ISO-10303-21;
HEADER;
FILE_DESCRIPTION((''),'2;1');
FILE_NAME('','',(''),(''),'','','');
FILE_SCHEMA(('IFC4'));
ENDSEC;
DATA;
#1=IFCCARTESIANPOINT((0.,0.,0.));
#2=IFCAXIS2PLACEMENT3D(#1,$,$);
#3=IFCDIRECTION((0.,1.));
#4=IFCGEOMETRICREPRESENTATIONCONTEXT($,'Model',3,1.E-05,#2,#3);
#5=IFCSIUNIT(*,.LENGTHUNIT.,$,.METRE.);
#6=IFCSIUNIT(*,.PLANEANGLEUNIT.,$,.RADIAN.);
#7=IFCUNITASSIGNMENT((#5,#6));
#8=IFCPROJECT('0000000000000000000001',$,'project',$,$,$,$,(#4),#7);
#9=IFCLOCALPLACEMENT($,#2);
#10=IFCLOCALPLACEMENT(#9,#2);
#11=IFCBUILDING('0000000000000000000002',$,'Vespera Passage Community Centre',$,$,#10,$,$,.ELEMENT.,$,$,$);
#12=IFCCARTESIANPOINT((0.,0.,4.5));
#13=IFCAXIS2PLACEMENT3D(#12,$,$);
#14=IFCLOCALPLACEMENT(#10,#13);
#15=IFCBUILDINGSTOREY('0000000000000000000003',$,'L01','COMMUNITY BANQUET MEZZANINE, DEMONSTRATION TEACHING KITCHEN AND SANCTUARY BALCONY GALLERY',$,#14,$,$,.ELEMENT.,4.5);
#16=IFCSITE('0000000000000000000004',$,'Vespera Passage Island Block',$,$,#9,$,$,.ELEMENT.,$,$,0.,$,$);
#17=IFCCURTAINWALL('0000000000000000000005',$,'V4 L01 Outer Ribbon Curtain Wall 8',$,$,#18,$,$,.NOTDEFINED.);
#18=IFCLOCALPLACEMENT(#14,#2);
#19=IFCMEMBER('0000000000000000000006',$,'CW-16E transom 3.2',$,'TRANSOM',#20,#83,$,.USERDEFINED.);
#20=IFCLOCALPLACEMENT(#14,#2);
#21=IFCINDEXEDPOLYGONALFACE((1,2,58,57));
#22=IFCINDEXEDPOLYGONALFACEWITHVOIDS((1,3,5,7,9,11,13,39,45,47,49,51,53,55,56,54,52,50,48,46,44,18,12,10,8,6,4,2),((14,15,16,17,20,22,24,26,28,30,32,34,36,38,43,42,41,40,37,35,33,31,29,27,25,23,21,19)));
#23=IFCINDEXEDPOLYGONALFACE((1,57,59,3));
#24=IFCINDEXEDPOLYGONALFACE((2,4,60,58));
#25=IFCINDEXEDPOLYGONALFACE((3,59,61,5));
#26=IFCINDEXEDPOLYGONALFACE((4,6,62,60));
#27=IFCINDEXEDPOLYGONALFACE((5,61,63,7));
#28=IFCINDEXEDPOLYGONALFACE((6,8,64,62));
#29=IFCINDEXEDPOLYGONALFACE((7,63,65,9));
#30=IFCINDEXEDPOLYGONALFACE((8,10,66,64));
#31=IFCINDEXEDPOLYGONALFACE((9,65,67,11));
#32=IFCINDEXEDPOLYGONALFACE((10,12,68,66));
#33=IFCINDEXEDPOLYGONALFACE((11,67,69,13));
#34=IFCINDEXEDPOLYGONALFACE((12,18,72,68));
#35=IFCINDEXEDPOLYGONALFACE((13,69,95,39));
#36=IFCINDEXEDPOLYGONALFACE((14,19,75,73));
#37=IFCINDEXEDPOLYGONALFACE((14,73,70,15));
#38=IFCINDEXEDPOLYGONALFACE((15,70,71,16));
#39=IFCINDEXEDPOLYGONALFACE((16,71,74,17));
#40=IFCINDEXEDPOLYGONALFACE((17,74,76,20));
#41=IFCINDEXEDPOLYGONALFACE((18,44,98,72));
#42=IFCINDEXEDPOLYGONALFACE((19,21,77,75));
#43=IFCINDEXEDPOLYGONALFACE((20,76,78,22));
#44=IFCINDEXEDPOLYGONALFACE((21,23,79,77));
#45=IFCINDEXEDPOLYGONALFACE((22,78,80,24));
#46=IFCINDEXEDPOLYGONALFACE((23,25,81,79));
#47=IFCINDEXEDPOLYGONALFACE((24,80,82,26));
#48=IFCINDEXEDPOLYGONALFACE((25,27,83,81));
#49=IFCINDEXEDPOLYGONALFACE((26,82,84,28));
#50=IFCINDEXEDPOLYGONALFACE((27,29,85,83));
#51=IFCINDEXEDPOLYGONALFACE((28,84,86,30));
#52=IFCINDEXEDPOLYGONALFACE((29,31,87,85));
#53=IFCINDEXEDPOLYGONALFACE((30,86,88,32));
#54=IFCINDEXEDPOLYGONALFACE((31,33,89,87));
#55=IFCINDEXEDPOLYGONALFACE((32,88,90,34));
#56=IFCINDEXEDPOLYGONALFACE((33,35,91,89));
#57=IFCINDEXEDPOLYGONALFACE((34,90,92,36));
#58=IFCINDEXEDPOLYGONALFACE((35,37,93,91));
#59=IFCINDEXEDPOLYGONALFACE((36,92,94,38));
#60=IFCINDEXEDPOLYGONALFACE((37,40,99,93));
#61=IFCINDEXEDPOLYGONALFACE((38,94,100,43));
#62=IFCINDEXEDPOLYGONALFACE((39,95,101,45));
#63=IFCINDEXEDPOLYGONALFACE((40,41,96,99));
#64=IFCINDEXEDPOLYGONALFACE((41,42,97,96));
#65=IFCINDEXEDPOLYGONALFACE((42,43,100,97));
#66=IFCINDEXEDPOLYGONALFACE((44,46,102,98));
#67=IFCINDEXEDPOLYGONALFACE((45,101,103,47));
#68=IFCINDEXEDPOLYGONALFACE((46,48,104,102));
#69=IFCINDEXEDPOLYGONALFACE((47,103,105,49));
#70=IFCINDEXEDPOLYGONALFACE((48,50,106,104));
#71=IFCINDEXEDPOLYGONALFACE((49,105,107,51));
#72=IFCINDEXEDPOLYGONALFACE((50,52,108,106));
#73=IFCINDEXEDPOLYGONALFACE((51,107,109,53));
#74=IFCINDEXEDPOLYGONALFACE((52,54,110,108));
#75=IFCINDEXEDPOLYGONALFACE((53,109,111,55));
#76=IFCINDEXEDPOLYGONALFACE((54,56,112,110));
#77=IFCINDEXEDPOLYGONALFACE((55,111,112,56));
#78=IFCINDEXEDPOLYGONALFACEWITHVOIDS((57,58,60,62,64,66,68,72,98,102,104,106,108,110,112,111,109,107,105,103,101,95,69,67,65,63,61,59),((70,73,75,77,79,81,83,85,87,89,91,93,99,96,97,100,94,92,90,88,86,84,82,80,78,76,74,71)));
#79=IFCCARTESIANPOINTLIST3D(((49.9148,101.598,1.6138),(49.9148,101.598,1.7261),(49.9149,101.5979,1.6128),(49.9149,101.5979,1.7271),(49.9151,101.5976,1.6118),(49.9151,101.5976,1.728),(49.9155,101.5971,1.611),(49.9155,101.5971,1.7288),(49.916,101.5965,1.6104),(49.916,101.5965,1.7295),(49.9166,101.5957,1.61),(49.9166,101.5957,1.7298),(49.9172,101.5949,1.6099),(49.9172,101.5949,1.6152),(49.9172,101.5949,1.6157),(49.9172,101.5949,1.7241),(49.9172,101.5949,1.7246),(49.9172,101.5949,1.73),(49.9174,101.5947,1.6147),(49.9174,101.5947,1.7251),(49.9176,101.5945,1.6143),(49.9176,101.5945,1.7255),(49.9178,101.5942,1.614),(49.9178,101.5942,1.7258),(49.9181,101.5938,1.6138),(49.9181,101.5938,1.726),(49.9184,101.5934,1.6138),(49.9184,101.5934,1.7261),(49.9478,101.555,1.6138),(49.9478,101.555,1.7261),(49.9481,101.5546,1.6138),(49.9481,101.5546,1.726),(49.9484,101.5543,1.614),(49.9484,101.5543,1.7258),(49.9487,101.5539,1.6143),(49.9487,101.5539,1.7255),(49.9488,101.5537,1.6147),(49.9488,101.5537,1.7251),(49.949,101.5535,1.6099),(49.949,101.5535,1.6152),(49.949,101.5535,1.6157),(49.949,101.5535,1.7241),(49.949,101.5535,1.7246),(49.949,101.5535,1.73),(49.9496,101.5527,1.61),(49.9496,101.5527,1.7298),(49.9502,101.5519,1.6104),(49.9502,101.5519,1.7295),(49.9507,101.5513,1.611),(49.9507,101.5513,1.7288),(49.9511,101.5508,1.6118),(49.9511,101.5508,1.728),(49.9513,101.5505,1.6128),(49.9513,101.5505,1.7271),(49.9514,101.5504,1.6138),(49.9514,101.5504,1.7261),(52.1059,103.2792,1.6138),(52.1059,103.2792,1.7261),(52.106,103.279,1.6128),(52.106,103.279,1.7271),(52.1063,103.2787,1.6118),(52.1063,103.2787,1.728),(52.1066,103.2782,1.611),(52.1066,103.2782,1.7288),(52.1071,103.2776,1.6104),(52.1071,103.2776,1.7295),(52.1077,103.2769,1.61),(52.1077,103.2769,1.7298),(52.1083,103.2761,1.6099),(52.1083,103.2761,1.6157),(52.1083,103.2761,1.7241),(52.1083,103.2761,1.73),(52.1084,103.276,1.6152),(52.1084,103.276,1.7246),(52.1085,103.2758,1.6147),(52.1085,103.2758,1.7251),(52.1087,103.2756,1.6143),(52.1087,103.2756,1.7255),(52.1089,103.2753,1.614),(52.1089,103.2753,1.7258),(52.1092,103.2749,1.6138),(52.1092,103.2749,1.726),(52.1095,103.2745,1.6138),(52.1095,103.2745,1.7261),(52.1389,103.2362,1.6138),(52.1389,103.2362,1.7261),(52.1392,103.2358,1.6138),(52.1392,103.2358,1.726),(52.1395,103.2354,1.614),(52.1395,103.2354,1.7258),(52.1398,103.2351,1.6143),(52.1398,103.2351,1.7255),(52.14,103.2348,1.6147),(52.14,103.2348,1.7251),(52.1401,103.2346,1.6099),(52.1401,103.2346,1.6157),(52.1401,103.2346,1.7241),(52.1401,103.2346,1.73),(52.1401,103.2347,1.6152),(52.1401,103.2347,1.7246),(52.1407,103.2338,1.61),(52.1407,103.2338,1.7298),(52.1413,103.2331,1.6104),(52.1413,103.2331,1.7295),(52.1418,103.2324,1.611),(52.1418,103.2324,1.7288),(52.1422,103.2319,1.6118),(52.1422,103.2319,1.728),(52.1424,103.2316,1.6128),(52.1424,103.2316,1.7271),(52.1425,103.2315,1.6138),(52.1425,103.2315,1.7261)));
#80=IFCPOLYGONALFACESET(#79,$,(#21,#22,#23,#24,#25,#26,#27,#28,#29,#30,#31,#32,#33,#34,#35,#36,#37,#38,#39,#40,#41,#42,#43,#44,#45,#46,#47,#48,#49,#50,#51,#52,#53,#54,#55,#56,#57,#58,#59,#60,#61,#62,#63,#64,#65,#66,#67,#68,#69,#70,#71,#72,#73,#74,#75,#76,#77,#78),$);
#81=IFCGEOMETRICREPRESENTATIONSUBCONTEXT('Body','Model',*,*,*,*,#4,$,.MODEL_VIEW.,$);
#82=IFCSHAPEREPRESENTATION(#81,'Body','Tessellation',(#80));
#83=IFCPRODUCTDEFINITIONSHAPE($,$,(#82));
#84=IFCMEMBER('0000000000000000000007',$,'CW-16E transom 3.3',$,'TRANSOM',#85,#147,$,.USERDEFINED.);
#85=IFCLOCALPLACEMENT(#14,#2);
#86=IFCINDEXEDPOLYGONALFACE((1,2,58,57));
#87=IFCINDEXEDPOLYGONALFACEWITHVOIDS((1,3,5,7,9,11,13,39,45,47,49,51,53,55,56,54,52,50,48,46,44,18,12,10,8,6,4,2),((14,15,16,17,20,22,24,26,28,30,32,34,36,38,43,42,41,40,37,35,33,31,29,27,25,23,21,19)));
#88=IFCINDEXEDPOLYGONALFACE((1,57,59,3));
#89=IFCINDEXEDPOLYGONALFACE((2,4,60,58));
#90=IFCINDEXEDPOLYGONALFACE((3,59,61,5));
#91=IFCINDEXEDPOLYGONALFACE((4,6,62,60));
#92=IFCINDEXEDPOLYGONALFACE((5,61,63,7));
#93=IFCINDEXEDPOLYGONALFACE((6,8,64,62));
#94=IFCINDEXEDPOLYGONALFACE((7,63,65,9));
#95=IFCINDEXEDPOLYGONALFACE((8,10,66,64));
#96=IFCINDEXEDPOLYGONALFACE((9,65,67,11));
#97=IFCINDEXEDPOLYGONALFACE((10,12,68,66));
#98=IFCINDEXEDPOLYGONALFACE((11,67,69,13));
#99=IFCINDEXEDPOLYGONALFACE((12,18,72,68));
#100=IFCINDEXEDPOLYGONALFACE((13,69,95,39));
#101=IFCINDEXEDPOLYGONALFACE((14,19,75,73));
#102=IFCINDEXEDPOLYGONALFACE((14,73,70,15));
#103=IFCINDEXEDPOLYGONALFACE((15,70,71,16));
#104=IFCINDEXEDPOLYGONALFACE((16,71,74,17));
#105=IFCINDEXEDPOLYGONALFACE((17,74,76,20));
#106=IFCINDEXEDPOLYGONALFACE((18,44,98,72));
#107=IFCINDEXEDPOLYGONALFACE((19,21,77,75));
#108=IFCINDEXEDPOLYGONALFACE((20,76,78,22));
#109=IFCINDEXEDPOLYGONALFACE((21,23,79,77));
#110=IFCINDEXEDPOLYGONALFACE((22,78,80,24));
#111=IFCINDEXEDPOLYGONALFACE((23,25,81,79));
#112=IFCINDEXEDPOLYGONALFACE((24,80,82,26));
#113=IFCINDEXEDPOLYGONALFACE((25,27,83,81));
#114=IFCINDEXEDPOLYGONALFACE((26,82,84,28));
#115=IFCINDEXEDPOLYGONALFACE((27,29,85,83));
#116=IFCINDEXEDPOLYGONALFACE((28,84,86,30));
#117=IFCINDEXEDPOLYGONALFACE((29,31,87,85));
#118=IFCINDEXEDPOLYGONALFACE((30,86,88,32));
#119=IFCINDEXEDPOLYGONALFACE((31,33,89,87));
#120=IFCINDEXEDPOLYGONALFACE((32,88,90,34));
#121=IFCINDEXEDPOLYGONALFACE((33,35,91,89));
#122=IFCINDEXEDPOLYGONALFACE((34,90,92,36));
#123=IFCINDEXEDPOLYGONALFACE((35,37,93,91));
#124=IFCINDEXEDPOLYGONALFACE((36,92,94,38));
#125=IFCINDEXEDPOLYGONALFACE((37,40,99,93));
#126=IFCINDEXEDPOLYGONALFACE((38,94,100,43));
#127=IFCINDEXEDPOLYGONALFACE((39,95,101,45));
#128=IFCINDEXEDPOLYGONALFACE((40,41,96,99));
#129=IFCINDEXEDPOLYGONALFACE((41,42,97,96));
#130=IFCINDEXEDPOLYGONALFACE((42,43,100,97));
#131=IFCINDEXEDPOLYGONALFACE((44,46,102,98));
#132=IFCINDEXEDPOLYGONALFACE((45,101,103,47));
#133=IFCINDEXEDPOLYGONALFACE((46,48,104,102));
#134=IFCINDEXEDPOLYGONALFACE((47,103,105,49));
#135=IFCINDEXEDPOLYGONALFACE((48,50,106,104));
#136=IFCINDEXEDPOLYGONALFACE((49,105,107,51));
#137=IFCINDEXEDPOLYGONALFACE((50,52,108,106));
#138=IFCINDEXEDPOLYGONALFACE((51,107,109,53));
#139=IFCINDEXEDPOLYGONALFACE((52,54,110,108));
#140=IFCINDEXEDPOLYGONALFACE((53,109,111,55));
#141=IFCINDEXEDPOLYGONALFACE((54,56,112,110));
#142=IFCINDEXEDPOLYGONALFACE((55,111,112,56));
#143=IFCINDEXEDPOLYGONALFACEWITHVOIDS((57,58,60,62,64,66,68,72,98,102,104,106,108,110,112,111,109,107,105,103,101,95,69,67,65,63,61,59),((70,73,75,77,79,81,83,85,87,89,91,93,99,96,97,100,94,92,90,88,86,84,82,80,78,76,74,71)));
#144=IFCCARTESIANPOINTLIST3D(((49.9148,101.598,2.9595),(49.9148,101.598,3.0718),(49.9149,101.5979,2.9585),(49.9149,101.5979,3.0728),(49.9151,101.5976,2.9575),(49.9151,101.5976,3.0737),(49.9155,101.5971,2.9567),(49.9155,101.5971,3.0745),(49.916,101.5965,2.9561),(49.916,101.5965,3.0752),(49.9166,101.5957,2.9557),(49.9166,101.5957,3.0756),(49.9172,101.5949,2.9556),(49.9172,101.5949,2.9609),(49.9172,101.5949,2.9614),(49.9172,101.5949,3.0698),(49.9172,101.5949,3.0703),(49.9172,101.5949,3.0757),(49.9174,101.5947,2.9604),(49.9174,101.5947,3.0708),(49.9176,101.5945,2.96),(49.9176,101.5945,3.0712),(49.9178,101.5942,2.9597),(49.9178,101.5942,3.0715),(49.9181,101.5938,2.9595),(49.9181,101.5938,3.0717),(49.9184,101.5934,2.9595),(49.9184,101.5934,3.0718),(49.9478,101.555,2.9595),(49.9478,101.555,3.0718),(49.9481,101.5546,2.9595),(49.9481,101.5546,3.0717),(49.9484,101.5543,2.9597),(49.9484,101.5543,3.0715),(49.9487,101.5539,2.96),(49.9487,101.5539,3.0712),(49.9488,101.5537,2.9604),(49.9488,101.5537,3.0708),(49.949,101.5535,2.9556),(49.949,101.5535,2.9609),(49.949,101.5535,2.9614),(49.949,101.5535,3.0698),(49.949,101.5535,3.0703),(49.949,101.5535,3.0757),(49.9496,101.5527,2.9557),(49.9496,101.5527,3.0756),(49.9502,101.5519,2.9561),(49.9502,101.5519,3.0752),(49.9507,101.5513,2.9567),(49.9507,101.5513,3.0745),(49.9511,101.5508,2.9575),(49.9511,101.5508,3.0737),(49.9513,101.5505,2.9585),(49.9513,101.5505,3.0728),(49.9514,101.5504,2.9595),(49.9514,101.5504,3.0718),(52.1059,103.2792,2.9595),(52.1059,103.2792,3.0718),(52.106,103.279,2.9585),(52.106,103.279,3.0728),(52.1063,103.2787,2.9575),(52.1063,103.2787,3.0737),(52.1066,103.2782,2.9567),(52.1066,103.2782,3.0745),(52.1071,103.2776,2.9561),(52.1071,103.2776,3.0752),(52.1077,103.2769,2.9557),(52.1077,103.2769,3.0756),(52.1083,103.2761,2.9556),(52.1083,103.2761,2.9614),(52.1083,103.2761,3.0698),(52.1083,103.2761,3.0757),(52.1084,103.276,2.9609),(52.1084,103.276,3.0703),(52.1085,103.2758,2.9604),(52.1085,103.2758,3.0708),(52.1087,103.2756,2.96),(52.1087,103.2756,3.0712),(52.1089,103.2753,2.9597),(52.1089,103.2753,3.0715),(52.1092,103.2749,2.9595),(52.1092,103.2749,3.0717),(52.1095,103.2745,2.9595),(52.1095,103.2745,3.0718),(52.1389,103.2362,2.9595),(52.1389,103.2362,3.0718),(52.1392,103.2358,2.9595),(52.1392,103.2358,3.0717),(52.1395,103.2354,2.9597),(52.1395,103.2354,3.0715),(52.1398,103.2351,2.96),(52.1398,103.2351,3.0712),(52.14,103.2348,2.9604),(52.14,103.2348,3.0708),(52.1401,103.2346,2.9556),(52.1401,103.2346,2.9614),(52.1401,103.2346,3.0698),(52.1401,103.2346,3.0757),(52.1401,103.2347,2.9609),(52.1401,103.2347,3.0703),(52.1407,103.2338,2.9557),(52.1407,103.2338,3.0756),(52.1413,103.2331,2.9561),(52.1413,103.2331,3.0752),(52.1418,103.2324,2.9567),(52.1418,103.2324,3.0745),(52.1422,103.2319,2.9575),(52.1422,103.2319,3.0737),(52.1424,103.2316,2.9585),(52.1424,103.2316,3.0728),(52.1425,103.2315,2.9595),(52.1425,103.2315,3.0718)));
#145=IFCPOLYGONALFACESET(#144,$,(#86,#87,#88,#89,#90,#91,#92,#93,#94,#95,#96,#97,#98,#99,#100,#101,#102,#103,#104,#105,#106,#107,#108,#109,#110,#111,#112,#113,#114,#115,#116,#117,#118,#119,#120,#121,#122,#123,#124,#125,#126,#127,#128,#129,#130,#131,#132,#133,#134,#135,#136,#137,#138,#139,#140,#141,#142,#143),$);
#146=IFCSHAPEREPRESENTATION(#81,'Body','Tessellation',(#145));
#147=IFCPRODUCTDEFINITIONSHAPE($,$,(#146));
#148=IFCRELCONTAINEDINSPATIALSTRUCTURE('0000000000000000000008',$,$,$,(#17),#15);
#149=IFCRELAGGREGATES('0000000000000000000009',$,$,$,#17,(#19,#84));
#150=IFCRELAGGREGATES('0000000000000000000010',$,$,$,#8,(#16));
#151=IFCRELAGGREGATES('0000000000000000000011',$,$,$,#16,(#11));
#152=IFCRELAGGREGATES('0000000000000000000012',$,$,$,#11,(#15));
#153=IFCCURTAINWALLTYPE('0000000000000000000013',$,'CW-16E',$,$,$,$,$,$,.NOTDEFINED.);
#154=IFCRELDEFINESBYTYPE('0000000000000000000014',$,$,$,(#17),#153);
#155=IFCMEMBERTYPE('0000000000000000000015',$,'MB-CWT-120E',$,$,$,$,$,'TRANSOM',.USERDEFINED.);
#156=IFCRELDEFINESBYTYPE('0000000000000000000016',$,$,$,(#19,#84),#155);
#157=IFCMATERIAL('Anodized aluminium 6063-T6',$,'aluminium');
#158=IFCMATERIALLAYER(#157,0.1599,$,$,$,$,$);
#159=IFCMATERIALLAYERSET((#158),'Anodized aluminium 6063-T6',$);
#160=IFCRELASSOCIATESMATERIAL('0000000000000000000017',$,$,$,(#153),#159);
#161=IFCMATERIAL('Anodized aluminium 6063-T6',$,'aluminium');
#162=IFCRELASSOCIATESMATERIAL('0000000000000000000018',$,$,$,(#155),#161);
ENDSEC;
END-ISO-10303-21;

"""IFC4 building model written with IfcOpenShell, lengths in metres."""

from ifc_helpers import new_model, si_unit, direction, frame, origin, origin_2d, place, context, subcontext, project, spatial, hollow_rectangle, extrude, material, layer, layer_set, material_profile, profile_set, type_object, element, aggregate, save


model = new_model("IFC4")

# Units and contexts
model_context = context("Model", 3, precision=1e-05, world=origin(), true_north=direction((0.0, 1.0)))
body_context = subcontext(model_context, "Body", "Model", "MODEL_VIEW")
ifc_project = project(units=[si_unit("LENGTHUNIT", "METRE"), si_unit("PLANEANGLEUNIT", "RADIAN")], contexts=[model_context])

# Site, building, storey
site_placement = place(None, origin())
site = spatial("IfcSite", under=ifc_project, at=site_placement, Name="Vespera Passage Island Block", CompositionType="ELEMENT", RefElevation=0.0)
building_placement = place(site_placement, origin())
building = spatial("IfcBuilding", under=site, at=building_placement, Name="Vespera Passage Community Centre", CompositionType="ELEMENT")
storey_placement = place(building_placement, frame((0.0, 0.0, 4.5)))
storey = spatial("IfcBuildingStorey", under=building, at=storey_placement, Name="L01", Description="COMMUNITY BANQUET MEZZANINE, DEMONSTRATION TEACHING KITCHEN AND SANCTUARY BALCONY GALLERY", CompositionType="ELEMENT", Elevation=4.5)

# Curtain wall
ifc_material_1 = material(Name="Anodized aluminium 6063-T6", Category="aluminium")
ifc_layer_1 = layer(ifc_material_1, 0.1599)
ifc_layer_set_1 = layer_set([ifc_layer_1], Name="Anodized aluminium 6063-T6")
curtain_wall_type_1 = type_object("IfcCurtainWallType", Name="CW-16E", PredefinedType="NOTDEFINED", material=ifc_layer_set_1)
curtain_wall_1_placement = place(storey_placement, origin())
curtain_wall_1 = element("IfcCurtainWall", 1, at=curtain_wall_1_placement, inside=storey, type_object=curtain_wall_type_1, Name="V4 L01 Outer Ribbon Curtain Wall 8", PredefinedType="NOTDEFINED")

# Members
ifc_material_2 = material(Name="Anodized aluminium 6063-T6", Category="aluminium")
ifc_material_profile_1 = material_profile(ifc_material_2, hollow_rectangle(XDim=0.0601, YDim=0.1201, WallThickness=0.0039, InnerFilletRadius=0.002, OuterFilletRadius=0.0039, at=origin_2d()), Name="ALU120X60X4")
ifc_profile_set_1 = profile_set([ifc_material_profile_1], Name="Anodized aluminium 6063-T6")
member_type_1 = type_object("IfcMemberType", Name="MB-CWT-120E", ElementType="TRANSOM", PredefinedType="USERDEFINED", material=ifc_profile_set_1)
member_1_placement = place(storey_placement, frame((49.9331, 101.5742, 1.6699), z_axis=(0.793386, 0.608719, 0.0), x_axis=(-0.608719, 0.793386, 0.0)))
member_1 = element("IfcMember", 2, at=member_1_placement, type_object=member_type_1, Name="CW-16E transom 3.2", ObjectType="TRANSOM", PredefinedType="USERDEFINED", context=body_context, shape_type="SweptSolid", body=[
    extrude(hollow_rectangle(XDim=0.0601, YDim=0.1201, WallThickness=0.0039, InnerFilletRadius=0.002, OuterFilletRadius=0.0039, at=origin_2d()), origin(), (0.0, 0.0, 1.0), 2.7617),
])
member_2_placement = place(storey_placement, frame((49.9331, 101.5742, 3.0156), z_axis=(0.793386, 0.608719, 0.0), x_axis=(-0.608719, 0.793386, 0.0)))
member_2 = element("IfcMember", 3, at=member_2_placement, type_object=member_type_1, Name="CW-16E transom 3.3", ObjectType="TRANSOM", PredefinedType="USERDEFINED", context=body_context, shape_type="SweptSolid", body=[
    extrude(hollow_rectangle(XDim=0.0601, YDim=0.1201, WallThickness=0.0039, InnerFilletRadius=0.002, OuterFilletRadius=0.0039, at=origin_2d()), origin(), (0.0, 0.0, 1.0), 2.7617),
])

aggregate(curtain_wall_1, [member_1, member_2])

save(model, "model.ifc")
